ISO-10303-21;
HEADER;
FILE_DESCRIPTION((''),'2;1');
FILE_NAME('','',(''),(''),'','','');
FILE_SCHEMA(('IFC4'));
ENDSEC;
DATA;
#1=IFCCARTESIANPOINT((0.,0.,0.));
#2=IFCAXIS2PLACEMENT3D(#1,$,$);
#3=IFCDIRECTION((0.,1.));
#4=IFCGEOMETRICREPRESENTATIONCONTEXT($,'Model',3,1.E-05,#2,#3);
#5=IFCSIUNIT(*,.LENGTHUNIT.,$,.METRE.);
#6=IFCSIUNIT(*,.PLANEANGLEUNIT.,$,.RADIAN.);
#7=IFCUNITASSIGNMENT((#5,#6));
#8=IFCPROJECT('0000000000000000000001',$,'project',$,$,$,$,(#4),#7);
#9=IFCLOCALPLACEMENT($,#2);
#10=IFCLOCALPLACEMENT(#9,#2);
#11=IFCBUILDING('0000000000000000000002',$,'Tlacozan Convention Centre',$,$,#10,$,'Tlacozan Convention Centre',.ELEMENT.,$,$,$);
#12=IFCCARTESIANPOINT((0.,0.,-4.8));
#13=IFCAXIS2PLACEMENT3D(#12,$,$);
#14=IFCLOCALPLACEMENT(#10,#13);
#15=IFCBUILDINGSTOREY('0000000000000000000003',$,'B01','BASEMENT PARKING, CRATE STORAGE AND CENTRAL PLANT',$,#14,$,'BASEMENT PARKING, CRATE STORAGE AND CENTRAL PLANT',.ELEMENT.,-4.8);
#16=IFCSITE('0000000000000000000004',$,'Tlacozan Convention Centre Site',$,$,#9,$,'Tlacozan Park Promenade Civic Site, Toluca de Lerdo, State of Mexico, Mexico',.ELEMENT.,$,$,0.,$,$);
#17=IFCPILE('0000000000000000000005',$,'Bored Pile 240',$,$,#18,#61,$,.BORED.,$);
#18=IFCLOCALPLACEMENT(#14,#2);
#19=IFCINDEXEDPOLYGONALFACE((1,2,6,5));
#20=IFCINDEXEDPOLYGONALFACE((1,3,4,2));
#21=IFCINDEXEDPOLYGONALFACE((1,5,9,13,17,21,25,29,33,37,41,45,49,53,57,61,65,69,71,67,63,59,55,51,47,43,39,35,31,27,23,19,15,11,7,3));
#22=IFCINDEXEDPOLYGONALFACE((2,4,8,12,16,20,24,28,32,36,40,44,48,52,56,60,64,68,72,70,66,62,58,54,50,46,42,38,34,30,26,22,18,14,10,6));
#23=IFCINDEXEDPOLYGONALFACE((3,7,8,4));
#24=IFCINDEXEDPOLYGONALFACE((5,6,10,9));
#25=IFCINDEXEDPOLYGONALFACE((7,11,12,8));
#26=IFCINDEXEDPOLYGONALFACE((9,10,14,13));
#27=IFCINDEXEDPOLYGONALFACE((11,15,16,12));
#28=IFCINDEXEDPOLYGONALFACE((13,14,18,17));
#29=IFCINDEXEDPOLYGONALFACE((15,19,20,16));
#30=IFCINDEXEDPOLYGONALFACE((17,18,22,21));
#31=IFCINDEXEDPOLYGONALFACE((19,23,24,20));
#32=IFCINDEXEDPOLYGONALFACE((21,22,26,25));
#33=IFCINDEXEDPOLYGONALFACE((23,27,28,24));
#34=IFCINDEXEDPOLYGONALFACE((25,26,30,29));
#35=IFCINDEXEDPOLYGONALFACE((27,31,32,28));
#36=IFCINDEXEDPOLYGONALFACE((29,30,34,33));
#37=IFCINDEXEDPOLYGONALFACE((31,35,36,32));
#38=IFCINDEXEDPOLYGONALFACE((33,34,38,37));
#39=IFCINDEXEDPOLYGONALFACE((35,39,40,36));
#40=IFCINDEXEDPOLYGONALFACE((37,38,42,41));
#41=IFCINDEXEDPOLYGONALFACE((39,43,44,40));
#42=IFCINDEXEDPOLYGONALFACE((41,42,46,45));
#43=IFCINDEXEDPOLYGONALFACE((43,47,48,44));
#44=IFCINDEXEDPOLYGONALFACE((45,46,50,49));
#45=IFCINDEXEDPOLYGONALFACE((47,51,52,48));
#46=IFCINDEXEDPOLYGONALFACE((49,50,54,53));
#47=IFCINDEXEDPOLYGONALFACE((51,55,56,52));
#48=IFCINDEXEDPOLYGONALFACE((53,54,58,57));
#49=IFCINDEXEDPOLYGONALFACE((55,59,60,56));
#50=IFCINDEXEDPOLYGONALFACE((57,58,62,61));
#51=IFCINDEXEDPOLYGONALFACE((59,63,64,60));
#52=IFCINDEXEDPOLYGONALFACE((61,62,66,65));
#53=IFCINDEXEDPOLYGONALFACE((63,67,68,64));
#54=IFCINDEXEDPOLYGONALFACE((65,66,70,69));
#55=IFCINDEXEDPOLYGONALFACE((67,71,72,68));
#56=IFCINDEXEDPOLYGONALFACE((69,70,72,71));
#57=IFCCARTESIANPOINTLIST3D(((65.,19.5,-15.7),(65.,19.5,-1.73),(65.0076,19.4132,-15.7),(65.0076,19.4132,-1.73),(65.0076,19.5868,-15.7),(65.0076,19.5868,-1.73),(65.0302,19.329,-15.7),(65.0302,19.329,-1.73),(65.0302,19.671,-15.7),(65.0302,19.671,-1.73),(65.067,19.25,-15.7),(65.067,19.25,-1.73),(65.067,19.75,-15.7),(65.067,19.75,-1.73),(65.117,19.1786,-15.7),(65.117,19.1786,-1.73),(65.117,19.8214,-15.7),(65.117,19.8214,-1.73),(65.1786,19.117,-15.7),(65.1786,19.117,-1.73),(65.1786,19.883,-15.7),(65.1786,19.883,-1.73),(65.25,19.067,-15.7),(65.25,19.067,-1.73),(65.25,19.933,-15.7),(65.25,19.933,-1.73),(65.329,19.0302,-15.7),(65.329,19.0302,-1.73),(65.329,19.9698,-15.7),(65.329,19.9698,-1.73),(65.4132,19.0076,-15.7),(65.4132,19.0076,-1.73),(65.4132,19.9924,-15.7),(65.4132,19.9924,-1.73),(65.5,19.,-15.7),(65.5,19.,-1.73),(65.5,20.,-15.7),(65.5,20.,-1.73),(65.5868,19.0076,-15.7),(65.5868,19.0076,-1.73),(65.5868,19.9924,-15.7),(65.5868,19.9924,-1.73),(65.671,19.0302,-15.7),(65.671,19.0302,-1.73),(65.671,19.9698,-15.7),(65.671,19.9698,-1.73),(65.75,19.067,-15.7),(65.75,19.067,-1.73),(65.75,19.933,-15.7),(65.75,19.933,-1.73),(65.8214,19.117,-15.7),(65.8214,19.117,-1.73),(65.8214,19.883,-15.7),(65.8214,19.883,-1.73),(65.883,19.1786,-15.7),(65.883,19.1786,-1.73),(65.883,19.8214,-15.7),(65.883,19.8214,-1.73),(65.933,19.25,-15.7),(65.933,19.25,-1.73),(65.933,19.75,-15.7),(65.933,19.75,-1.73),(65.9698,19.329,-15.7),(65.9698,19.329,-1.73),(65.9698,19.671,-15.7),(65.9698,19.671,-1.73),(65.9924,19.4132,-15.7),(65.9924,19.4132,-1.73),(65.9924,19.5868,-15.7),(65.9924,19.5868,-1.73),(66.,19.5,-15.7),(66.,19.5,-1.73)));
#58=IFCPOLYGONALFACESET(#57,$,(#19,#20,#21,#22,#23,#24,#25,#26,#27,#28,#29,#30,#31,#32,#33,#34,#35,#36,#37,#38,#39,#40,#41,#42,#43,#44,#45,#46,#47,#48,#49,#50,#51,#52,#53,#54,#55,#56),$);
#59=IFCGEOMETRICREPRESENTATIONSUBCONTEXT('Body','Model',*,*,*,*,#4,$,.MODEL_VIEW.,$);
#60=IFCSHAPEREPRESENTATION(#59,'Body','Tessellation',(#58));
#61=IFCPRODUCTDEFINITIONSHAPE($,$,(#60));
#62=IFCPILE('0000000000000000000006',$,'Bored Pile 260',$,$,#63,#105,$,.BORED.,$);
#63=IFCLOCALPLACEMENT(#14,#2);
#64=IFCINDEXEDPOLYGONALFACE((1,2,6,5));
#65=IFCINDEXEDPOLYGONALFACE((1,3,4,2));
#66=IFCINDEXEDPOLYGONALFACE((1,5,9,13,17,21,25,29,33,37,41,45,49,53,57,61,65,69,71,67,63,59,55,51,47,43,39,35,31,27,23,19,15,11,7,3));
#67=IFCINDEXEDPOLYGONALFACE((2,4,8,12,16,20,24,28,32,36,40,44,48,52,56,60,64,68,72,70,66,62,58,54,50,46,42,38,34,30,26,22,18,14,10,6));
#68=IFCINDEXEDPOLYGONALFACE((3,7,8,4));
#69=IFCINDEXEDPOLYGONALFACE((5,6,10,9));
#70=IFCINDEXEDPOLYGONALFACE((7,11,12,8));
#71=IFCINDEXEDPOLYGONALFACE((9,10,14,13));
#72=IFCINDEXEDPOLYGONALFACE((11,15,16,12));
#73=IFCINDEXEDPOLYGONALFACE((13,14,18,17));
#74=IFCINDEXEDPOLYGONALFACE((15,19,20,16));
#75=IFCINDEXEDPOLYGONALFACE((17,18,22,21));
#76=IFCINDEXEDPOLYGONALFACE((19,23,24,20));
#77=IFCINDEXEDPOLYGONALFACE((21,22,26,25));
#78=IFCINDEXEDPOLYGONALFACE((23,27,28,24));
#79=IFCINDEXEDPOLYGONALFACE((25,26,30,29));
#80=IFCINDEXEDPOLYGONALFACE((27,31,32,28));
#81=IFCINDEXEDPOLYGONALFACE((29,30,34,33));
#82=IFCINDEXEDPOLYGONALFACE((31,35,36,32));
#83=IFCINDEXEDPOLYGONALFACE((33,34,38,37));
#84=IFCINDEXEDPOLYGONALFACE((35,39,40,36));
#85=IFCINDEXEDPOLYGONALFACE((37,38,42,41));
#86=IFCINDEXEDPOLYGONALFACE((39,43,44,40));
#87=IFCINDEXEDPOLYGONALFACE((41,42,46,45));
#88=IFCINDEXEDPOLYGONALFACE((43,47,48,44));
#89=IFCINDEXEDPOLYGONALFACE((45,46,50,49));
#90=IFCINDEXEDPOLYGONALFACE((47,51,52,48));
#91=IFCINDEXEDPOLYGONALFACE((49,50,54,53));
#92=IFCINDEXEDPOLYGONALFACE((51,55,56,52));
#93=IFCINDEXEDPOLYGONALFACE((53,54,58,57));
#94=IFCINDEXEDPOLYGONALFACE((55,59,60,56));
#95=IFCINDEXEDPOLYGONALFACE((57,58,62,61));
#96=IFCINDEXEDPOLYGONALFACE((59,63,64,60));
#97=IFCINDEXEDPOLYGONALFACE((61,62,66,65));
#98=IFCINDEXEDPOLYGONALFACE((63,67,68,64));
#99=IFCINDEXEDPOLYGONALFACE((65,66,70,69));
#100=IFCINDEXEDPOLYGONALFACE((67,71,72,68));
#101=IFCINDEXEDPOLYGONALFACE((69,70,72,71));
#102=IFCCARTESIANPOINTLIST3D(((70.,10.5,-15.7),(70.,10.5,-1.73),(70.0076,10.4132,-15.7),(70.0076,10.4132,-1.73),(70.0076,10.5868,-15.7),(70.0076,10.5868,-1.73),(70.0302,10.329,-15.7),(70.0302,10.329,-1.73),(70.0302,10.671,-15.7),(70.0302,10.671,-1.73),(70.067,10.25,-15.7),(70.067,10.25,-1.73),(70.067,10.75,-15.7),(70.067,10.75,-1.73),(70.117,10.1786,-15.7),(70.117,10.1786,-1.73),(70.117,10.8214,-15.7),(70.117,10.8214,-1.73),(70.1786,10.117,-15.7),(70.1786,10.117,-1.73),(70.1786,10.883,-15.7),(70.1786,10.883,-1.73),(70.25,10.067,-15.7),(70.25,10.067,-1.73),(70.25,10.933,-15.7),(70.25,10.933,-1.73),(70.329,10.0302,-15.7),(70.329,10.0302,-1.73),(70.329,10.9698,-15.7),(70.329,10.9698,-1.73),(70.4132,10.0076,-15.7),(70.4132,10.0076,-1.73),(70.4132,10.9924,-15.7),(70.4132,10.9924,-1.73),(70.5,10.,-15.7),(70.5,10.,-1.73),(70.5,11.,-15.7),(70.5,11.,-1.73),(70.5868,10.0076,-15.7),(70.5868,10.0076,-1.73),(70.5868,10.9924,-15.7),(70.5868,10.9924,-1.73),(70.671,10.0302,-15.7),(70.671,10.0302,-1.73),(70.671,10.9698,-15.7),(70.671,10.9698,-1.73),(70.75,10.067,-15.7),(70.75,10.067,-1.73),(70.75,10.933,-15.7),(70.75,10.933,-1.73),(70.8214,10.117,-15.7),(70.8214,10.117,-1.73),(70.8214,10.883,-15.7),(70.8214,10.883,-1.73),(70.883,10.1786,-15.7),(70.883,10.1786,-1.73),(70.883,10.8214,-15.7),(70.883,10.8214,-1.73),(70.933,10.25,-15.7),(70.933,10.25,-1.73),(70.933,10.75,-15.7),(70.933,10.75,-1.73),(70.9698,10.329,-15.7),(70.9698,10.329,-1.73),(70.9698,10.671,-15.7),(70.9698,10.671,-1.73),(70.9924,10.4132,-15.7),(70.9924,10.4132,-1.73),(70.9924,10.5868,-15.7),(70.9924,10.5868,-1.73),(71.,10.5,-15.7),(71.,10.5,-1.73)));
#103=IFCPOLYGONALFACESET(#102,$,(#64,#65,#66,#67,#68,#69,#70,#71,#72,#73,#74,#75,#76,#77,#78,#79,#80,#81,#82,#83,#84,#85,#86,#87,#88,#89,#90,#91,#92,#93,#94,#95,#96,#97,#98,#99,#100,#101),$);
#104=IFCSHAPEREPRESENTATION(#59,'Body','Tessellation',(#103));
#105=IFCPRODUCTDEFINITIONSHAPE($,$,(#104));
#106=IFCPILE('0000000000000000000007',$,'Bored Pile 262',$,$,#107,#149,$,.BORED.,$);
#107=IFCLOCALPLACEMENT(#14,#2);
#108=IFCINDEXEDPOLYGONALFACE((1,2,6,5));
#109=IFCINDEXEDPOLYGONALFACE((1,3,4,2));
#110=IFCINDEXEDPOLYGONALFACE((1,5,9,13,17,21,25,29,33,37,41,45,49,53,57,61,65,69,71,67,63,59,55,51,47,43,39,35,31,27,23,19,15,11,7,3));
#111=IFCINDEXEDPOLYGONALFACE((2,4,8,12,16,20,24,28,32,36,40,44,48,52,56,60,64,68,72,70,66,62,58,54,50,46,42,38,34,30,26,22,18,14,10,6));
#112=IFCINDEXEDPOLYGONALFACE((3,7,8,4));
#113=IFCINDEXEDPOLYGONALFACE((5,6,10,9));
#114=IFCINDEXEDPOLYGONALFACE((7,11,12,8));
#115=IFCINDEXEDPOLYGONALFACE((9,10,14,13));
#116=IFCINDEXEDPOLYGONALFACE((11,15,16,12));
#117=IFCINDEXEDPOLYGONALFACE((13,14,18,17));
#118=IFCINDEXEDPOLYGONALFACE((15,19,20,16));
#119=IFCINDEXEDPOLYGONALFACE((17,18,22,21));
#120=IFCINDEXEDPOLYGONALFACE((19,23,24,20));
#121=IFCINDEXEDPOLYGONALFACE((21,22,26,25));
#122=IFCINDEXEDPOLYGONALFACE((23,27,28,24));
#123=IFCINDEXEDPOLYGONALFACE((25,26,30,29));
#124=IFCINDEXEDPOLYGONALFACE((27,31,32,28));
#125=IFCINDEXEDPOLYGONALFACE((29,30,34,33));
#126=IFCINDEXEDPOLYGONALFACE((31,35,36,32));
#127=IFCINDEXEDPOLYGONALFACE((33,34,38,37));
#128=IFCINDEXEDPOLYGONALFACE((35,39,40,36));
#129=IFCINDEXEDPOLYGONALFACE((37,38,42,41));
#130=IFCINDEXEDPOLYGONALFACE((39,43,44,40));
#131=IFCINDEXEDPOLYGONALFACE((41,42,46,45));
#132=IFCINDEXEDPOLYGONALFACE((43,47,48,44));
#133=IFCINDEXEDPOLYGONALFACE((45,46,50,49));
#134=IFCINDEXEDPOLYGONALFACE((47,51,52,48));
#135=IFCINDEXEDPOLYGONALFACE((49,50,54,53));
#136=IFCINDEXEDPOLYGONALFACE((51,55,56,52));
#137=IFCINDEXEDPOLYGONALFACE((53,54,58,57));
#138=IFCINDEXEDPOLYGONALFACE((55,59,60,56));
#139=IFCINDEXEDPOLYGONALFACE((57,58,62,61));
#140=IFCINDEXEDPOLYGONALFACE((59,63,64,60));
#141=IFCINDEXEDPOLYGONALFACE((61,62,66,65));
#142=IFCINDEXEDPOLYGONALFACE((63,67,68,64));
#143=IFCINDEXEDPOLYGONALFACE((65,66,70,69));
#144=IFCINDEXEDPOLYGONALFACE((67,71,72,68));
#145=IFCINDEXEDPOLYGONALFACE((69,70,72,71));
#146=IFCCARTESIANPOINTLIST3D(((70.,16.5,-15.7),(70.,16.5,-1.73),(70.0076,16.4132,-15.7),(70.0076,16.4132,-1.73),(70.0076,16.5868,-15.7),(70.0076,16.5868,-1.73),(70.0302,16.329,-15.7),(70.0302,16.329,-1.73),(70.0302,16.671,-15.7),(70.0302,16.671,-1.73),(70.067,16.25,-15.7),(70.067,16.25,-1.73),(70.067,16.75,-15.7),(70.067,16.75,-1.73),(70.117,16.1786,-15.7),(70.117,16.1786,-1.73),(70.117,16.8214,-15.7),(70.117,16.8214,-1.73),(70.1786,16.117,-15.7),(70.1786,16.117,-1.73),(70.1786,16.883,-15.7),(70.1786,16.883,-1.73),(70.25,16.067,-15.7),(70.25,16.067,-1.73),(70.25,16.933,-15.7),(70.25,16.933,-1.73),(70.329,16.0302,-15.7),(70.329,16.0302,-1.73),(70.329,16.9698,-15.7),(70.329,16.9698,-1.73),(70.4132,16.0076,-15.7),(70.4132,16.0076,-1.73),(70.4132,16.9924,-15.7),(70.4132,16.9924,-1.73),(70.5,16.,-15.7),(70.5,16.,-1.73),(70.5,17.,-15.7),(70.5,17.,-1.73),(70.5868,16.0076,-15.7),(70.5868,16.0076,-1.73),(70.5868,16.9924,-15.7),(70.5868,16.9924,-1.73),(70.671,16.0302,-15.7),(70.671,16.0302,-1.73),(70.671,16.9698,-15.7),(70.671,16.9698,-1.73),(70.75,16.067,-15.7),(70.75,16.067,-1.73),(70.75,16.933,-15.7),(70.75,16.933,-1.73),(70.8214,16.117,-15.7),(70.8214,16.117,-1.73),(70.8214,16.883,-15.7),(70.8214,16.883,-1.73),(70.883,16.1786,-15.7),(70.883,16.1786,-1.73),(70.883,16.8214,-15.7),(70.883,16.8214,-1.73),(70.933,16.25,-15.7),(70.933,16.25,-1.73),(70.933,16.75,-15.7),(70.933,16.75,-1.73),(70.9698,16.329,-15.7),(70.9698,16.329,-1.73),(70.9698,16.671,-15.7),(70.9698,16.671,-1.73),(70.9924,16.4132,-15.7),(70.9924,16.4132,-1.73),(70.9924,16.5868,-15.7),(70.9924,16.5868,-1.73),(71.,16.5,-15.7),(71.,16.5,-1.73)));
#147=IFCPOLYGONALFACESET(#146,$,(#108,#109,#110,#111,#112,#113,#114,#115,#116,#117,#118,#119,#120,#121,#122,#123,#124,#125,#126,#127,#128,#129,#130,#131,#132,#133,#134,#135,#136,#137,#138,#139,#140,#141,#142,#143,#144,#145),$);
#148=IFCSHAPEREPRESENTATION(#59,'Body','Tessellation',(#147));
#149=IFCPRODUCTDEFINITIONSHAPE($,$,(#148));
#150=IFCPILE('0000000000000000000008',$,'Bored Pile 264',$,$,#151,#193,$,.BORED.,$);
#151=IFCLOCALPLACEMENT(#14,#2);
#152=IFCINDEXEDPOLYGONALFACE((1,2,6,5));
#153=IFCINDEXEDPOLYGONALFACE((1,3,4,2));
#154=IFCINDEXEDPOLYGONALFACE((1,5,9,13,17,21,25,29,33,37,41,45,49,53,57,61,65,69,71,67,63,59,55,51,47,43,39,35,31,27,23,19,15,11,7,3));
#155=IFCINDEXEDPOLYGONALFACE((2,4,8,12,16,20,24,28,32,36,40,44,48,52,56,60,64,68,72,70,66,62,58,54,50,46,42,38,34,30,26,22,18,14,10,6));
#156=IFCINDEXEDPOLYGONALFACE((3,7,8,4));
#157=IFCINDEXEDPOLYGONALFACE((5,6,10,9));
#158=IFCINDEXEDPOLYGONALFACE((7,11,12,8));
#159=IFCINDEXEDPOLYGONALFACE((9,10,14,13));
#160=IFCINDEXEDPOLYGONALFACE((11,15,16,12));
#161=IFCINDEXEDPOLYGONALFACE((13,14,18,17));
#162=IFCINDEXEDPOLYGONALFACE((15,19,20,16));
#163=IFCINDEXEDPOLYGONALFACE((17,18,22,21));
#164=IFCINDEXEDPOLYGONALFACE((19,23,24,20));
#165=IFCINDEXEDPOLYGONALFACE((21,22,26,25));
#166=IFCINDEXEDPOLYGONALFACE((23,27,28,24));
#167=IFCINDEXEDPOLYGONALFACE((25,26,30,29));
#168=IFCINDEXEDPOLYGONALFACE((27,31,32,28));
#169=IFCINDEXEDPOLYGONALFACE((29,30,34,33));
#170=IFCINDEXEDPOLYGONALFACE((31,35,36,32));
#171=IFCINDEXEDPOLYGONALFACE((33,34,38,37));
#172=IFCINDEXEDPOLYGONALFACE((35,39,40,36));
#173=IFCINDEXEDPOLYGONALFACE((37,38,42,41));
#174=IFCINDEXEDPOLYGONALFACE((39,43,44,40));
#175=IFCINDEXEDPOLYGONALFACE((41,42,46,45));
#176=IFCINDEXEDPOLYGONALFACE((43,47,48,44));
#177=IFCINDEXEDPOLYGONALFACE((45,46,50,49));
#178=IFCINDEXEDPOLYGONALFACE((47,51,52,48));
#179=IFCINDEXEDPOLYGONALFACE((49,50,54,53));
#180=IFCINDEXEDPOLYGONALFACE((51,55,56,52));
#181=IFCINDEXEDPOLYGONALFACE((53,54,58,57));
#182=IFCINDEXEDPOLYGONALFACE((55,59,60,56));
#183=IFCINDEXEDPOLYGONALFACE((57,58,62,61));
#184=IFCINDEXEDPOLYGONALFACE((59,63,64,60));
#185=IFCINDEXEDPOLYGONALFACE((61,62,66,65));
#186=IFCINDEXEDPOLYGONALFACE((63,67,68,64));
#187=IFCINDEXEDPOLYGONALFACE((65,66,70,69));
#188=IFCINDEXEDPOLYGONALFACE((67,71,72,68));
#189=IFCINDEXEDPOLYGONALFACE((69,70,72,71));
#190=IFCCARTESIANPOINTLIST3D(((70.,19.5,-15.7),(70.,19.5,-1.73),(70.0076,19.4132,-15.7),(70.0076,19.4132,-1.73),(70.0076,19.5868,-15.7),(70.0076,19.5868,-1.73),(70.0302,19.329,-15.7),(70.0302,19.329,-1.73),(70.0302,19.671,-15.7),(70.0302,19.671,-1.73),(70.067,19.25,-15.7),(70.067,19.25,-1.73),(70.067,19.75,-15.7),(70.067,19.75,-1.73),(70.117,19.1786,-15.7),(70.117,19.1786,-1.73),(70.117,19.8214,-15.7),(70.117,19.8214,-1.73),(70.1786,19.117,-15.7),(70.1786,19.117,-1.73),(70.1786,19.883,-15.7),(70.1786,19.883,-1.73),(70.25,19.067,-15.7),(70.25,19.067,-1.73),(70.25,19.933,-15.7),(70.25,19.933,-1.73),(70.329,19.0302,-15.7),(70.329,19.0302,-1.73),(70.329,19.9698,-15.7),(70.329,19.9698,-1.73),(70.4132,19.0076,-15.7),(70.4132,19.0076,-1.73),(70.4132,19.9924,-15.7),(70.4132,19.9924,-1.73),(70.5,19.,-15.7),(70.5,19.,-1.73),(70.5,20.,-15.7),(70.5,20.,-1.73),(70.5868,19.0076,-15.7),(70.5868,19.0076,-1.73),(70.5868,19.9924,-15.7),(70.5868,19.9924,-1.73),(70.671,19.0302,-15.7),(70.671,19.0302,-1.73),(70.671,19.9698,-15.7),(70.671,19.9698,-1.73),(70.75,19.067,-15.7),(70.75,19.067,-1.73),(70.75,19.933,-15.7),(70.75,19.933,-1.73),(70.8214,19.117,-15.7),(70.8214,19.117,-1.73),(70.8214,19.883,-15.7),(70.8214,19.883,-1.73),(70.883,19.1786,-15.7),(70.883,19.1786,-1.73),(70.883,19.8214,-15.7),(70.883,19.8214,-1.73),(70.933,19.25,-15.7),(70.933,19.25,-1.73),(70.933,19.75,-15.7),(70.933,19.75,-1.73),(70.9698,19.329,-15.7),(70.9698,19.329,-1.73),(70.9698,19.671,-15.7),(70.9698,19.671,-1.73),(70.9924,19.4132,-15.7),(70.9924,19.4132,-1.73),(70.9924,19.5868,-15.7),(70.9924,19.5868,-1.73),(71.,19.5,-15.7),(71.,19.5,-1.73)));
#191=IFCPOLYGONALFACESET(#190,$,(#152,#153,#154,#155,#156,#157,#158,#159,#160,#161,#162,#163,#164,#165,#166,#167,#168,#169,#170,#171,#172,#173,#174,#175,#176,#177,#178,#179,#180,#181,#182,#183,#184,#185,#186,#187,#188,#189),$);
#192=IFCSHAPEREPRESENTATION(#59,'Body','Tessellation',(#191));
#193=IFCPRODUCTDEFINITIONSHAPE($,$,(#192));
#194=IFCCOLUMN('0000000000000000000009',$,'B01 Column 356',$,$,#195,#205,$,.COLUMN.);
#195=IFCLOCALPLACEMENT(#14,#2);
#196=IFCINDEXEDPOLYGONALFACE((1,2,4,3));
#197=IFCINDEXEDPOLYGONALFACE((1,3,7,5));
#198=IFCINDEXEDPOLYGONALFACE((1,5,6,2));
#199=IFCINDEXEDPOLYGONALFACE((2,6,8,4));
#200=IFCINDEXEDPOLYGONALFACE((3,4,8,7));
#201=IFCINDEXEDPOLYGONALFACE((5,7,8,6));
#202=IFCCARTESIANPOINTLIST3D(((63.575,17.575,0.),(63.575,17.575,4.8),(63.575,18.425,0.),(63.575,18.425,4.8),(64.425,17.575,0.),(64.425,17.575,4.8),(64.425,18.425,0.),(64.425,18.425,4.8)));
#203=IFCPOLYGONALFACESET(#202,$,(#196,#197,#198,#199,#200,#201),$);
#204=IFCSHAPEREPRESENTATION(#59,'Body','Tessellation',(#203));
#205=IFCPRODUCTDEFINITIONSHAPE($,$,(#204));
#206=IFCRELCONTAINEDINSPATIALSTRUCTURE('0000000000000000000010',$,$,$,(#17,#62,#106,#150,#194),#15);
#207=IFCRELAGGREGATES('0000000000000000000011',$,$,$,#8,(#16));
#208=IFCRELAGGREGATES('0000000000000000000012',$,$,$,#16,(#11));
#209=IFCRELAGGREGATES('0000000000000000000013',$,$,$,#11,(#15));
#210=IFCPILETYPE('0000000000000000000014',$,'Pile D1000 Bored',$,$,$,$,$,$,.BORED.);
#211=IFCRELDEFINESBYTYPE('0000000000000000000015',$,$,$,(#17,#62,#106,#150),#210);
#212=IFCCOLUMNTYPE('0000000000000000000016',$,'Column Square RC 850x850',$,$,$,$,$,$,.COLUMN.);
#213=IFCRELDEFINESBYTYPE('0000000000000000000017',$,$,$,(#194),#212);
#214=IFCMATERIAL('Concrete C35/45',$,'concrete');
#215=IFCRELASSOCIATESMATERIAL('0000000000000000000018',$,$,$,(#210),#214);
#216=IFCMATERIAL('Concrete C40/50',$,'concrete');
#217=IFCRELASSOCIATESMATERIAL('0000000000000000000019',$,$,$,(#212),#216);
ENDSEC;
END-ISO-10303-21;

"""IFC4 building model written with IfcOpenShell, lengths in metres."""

from ifc_helpers import new_model, si_unit, direction, frame, origin, origin_2d, place, context, subcontext, project, spatial, rectangle, circle, extrude, material, material_profile, profile_set, type_object, element, save


model = new_model("IFC4")

# Units and contexts
model_context = context("Model", 3, precision=1e-05, world=origin(), true_north=direction((0.0, 1.0)))
body_context = subcontext(model_context, "Body", "Model", "MODEL_VIEW")
ifc_project = project(units=[si_unit("LENGTHUNIT", "METRE"), si_unit("PLANEANGLEUNIT", "RADIAN")], contexts=[model_context])

# Site, building, storey
site_placement = place(None, origin())
site = spatial("IfcSite", under=ifc_project, at=site_placement, Name="Tlacozan Convention Centre Site", LongName="Tlacozan Park Promenade Civic Site, Toluca de Lerdo, State of Mexico, Mexico", CompositionType="ELEMENT", RefElevation=0.0)
building_placement = place(site_placement, origin())
building = spatial("IfcBuilding", under=site, at=building_placement, Name="Tlacozan Convention Centre", LongName="Tlacozan Convention Centre", CompositionType="ELEMENT")
storey_placement = place(building_placement, frame((0.0, 0.0, -4.8)))
storey = spatial("IfcBuildingStorey", under=building, at=storey_placement, Name="B01", Description="BASEMENT PARKING, CRATE STORAGE AND CENTRAL PLANT", LongName="BASEMENT PARKING, CRATE STORAGE AND CENTRAL PLANT", CompositionType="ELEMENT", Elevation=-4.8)

# Shared definitions
ifc_material_1 = material(Name="Concrete C35/45", Category="concrete")

# Piles
ifc_material_profile_1 = material_profile(ifc_material_1, circle(Radius=0.5, at=origin_2d()), Name="PILE D1000")
ifc_profile_set_1 = profile_set([ifc_material_profile_1], Name="Concrete C35/45")
pile_type = type_object("IfcPileType", Name="Pile D1000 Bored", PredefinedType="BORED", material=ifc_profile_set_1)
for number, where, z_axis, x_axis, name in (
    (1, (65.5, 19.5, -1.73), (0.0, 0.0, -1.0), (1.0, 0.0, 0.0), "Bored Pile 240"),
    (2, (70.5, 10.5, -1.73), (0.0, 0.0, -1.0), (1.0, 0.0, 0.0), "Bored Pile 260"),
    (3, (70.5, 16.5, -1.73), (0.0, 0.0, -1.0), (1.0, 0.0, 0.0), "Bored Pile 262"),
    (4, (70.5, 19.5, -1.73), (0.0, 0.0, -1.0), (1.0, 0.0, 0.0), "Bored Pile 264"),
):
    element("IfcPile", number, at=place(storey_placement, frame(where, z_axis=z_axis, x_axis=x_axis)), inside=storey, type_object=pile_type, Name=name, PredefinedType="BORED", context=body_context, shape_type="SweptSolid", body=[
        extrude(circle(Radius=0.5, at=origin_2d()), origin(), (0.0, 0.0, 1.0), 13.97),
    ])

# Column
ifc_material_2 = material(Name="Concrete C40/50", Category="concrete")
ifc_material_profile_2 = material_profile(ifc_material_2, rectangle(XDim=0.8501, YDim=0.8501, at=origin_2d()), Name="RC 850x850")
ifc_profile_set_2 = profile_set([ifc_material_profile_2], Name="Concrete C40/50")
column_type = type_object("IfcColumnType", Name="Column Square RC 850x850", PredefinedType="COLUMN", material=ifc_profile_set_2)
column_placement = place(storey_placement, frame((64.0, 18.0, 0.0), z_axis=(0.0, 0.0, 1.0), x_axis=(1.0, 0.0, 0.0)))
element("IfcColumn", 5, at=column_placement, inside=storey, type_object=column_type, Name="B01 Column 356", PredefinedType="COLUMN", context=body_context, shape_type="SweptSolid", body=[
    extrude(rectangle(XDim=0.8501, YDim=0.8501, at=origin_2d()), origin(), (0.0, 0.0, 1.0), 4.8),
])

save(model, "model.ifc")
